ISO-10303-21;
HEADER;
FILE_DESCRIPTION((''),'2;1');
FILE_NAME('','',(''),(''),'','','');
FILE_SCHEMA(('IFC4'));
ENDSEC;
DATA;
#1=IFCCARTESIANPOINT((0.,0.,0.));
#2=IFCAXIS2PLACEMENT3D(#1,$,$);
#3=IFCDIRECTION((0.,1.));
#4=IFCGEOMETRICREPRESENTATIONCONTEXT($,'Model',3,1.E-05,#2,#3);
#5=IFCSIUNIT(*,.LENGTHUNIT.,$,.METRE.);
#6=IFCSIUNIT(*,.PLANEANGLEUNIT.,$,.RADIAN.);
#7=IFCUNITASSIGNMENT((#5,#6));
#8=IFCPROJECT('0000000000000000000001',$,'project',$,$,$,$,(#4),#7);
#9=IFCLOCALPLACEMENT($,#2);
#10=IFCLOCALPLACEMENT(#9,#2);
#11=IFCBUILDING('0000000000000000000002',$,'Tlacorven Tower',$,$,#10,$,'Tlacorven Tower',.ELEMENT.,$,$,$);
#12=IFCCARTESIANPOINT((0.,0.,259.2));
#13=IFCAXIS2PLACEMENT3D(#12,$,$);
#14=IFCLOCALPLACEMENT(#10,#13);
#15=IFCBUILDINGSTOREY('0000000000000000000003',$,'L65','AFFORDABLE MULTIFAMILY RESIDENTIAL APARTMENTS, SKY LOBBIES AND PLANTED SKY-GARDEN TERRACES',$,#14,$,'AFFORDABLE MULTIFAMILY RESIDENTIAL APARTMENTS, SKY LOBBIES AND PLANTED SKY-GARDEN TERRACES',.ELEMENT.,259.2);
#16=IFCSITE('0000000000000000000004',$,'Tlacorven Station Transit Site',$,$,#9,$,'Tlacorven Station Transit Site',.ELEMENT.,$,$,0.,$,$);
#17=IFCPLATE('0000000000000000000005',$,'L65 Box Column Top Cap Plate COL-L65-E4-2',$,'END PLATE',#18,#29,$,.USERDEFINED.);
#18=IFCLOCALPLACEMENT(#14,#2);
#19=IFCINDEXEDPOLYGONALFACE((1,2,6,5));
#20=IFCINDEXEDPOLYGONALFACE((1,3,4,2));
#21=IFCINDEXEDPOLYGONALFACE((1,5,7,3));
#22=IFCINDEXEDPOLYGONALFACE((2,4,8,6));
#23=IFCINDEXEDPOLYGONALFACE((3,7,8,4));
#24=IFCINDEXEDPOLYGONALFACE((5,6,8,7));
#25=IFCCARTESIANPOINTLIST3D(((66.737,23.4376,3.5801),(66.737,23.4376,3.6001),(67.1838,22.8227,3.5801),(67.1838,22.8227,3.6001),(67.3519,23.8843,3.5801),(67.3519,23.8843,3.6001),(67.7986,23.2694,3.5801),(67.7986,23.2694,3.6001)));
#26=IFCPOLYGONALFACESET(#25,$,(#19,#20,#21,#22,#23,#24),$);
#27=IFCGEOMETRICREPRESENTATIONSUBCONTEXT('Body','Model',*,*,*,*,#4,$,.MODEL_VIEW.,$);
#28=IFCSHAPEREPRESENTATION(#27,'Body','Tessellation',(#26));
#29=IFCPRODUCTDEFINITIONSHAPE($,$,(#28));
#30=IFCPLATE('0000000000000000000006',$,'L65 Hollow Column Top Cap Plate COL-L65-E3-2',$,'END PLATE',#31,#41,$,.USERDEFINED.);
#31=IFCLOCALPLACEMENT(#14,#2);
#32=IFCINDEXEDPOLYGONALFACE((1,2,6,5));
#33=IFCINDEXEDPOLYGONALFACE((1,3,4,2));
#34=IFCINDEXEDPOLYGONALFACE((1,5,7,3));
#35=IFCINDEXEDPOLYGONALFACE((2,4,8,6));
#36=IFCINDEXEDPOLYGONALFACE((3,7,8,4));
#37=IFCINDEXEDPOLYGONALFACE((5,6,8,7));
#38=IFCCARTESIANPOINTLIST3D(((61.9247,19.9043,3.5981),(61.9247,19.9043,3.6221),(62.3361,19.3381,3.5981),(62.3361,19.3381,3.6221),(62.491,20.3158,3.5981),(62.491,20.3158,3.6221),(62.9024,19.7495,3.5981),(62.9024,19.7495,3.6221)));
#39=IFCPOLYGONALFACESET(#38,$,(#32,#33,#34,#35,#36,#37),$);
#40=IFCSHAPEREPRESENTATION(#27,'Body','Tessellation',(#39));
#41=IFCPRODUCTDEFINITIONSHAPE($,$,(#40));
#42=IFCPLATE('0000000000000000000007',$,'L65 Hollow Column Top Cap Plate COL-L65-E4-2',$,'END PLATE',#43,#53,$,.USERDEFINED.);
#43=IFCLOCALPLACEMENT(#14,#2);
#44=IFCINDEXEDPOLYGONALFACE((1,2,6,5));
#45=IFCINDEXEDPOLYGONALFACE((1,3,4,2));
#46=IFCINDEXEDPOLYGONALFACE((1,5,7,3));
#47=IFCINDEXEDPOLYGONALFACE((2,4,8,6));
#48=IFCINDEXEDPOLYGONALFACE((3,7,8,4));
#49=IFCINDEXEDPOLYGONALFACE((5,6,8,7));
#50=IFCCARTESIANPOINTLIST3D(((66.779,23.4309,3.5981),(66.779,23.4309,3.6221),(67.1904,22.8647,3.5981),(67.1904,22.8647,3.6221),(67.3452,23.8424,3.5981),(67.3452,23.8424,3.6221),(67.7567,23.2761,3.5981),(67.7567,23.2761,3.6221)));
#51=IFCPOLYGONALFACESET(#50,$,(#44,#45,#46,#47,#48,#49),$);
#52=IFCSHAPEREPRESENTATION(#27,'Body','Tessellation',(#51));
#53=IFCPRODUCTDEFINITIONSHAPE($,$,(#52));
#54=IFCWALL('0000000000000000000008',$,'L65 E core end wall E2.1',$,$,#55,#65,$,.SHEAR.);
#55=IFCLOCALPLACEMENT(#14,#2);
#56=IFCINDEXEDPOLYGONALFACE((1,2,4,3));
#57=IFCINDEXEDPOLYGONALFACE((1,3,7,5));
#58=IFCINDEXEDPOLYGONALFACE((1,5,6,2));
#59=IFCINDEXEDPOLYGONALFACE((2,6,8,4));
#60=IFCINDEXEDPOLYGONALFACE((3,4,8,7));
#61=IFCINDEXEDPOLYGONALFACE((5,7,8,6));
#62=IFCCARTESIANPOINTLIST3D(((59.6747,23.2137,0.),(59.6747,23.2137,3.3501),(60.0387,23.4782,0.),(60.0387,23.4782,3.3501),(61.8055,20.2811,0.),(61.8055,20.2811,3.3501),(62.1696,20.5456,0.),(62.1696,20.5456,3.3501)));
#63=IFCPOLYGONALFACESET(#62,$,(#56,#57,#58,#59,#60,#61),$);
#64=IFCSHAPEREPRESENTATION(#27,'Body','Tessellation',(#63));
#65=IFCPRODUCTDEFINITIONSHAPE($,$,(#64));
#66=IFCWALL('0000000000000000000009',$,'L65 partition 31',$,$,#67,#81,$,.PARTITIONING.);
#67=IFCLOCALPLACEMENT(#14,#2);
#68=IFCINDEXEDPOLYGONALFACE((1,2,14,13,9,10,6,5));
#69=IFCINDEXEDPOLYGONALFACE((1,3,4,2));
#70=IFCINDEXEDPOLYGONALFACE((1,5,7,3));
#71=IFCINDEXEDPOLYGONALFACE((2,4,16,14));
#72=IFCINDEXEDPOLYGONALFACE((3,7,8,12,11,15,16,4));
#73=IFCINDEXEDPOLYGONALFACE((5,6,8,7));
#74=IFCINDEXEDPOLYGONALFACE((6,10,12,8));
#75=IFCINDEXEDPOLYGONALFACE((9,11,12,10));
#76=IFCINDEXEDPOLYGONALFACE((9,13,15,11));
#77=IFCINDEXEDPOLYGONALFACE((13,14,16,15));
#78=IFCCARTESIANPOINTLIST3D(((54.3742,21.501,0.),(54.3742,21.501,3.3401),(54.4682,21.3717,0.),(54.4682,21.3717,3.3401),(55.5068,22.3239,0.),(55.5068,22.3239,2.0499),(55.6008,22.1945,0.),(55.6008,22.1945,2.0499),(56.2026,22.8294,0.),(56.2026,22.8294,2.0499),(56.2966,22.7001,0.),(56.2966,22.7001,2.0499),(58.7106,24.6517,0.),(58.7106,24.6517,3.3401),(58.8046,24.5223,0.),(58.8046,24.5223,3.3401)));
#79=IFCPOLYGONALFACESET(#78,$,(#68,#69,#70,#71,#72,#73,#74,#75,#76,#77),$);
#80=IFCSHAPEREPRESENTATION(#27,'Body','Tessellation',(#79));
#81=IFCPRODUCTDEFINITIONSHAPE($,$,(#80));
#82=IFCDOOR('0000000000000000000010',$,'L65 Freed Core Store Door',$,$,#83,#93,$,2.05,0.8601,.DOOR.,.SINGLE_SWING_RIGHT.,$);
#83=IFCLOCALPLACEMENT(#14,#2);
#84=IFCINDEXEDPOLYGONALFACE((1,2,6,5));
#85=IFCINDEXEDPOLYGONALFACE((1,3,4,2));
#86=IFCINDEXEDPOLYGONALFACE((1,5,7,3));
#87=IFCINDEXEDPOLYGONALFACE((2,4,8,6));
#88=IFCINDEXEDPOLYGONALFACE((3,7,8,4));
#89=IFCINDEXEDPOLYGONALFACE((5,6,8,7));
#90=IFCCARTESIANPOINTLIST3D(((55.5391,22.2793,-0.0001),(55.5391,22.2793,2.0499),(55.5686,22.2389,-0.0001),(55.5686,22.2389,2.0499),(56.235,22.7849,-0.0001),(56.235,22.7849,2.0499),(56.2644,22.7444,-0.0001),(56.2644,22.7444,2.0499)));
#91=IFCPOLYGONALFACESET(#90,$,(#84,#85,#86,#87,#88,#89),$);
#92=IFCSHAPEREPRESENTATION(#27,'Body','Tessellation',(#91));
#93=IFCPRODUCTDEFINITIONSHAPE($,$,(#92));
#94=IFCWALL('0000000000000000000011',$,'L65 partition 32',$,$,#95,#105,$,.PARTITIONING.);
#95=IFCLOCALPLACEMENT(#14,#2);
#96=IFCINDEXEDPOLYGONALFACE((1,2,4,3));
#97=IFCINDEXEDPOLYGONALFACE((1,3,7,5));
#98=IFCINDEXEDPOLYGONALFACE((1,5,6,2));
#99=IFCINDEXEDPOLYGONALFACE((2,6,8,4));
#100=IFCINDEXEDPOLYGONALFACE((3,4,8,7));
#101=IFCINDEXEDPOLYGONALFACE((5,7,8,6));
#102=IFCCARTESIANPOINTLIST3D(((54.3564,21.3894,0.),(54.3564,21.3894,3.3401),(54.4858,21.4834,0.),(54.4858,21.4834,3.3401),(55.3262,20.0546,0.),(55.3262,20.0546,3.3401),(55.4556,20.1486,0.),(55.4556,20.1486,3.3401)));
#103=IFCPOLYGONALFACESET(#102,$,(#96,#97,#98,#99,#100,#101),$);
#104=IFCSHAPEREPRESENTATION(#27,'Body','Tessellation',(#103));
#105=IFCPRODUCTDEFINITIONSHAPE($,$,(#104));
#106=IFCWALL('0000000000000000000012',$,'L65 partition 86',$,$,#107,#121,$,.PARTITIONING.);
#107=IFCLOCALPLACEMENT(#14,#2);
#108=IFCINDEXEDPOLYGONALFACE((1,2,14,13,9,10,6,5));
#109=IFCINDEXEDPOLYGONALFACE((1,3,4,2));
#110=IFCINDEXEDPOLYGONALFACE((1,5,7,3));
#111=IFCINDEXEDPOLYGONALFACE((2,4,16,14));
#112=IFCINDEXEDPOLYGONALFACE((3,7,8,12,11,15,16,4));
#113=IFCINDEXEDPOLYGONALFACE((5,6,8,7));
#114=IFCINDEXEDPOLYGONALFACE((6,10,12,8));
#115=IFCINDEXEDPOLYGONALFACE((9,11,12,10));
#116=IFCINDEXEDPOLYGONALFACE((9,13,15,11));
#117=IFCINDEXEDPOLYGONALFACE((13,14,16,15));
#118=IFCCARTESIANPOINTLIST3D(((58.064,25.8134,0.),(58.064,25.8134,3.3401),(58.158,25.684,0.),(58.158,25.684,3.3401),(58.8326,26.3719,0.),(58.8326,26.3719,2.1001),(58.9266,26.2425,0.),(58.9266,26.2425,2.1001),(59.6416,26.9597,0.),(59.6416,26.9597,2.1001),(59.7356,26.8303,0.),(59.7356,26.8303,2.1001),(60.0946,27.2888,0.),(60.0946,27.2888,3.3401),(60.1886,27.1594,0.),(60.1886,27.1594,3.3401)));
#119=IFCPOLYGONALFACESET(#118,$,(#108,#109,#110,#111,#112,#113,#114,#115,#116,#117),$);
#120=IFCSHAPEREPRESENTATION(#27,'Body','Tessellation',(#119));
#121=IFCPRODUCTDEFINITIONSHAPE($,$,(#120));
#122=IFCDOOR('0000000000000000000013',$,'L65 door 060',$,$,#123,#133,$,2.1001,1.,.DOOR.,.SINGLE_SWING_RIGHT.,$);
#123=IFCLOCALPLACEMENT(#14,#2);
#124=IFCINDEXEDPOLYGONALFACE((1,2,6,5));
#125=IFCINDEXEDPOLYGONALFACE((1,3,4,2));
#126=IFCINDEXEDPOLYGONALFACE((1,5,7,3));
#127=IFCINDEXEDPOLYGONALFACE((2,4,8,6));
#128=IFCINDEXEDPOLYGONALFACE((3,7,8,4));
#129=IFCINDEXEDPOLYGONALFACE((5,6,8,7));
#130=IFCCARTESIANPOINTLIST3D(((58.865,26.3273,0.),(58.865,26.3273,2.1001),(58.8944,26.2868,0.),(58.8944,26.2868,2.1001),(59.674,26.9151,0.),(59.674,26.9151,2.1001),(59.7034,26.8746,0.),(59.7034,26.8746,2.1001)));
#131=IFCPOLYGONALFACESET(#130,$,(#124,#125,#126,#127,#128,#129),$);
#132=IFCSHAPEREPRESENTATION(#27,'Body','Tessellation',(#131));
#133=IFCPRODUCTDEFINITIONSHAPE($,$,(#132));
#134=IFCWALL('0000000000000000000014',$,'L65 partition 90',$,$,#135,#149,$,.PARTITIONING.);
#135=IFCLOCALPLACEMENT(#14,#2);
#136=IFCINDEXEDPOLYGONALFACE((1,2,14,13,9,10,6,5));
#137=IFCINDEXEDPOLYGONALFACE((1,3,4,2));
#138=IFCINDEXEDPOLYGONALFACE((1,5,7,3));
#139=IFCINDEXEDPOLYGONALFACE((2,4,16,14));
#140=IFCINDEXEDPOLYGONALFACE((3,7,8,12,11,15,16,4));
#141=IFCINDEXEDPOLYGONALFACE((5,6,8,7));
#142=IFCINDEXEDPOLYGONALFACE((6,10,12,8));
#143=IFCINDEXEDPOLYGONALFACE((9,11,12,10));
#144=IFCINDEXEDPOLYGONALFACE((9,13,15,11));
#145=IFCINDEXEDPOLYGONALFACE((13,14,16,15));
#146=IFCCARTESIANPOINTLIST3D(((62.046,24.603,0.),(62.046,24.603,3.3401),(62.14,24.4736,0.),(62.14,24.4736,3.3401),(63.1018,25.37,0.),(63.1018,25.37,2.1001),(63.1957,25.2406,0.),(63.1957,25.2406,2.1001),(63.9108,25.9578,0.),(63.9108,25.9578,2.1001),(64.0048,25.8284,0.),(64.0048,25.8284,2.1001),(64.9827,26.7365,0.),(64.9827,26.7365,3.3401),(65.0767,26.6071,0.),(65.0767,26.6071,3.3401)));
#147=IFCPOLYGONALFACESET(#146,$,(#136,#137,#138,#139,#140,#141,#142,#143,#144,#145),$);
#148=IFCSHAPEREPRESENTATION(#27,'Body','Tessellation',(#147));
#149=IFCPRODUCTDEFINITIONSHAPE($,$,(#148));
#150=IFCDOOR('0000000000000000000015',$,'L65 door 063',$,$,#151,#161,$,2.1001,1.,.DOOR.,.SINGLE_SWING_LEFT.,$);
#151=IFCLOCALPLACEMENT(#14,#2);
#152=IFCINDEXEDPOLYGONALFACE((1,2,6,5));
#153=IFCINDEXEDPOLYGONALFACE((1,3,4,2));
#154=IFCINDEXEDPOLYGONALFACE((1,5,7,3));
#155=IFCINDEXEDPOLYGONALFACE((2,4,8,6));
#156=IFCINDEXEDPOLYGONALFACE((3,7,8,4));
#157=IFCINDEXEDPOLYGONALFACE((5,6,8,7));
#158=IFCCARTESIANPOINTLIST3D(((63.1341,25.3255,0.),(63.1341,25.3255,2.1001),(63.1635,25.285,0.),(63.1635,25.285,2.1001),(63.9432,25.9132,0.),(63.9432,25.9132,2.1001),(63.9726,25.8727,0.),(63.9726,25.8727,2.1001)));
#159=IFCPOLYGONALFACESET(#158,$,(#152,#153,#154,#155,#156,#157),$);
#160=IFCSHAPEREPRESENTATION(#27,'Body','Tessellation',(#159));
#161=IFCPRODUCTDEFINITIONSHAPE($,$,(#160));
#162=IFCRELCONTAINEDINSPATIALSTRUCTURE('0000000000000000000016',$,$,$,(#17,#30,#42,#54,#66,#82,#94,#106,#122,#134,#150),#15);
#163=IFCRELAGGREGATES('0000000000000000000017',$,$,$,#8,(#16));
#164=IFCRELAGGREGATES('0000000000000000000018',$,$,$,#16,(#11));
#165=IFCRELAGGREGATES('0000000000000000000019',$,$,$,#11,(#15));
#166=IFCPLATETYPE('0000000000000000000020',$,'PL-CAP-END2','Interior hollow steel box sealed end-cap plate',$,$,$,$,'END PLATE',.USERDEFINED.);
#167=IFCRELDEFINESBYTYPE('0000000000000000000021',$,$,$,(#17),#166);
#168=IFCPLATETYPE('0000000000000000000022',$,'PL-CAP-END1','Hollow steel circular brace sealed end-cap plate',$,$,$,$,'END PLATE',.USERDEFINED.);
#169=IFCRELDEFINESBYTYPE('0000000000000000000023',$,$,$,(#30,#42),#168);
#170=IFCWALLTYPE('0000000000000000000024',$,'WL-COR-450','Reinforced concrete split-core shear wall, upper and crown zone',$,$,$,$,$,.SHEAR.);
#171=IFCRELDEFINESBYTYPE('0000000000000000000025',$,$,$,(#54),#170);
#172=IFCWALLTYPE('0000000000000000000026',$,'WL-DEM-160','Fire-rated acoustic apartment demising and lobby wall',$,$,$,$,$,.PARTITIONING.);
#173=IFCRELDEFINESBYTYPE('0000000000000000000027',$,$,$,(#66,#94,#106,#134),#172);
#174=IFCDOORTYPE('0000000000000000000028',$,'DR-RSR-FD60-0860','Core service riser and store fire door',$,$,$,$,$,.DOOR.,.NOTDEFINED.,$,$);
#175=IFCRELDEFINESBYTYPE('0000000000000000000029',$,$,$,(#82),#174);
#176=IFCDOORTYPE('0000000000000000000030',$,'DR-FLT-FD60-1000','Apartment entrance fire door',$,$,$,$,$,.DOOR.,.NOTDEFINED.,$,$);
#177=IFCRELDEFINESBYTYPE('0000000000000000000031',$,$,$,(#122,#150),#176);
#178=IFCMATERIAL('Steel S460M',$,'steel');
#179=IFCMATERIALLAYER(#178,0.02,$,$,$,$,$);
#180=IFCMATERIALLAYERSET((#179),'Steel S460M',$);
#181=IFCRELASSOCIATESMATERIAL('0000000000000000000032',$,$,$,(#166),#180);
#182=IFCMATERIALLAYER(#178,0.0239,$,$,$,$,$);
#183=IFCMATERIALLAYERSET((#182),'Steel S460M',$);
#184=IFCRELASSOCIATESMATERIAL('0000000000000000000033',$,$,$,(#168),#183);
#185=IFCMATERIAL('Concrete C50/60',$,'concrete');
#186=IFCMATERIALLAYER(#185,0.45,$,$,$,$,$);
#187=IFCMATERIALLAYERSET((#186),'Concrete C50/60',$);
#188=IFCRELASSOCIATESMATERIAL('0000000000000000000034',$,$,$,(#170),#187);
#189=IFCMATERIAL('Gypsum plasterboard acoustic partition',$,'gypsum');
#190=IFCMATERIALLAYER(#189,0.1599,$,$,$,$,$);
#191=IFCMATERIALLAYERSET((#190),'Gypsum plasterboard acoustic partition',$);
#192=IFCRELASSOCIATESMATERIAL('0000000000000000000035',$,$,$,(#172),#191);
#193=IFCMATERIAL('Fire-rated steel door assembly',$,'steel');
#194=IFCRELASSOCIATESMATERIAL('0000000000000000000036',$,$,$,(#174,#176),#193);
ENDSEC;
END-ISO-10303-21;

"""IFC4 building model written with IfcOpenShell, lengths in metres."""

from ifc_helpers import new_model, si_unit, direction, frame, frame_2d, origin, origin_2d, place, context, subcontext, project, spatial, rectangle, extrude, source, transform, mapped, material, layer, layer_set, type_object, element, fill, save


model = new_model("IFC4")

# Units and contexts
model_context = context("Model", 3, precision=1e-05, world=origin(), true_north=direction((0.0, 1.0)))
body_context = subcontext(model_context, "Body", "Model", "MODEL_VIEW")
ifc_project = project(units=[si_unit("LENGTHUNIT", "METRE"), si_unit("PLANEANGLEUNIT", "RADIAN")], contexts=[model_context])

# Site, building, storey
site_placement = place(None, origin())
site = spatial("IfcSite", under=ifc_project, at=site_placement, Name="Tlacorven Station Transit Site", LongName="Tlacorven Station Transit Site", CompositionType="ELEMENT", RefElevation=0.0)
building_placement = place(site_placement, origin())
building = spatial("IfcBuilding", under=site, at=building_placement, Name="Tlacorven Tower", LongName="Tlacorven Tower", CompositionType="ELEMENT")
storey_placement = place(building_placement, frame((0.0, 0.0, 259.2)))
storey = spatial("IfcBuildingStorey", under=building, at=storey_placement, Name="L65", Description="AFFORDABLE MULTIFAMILY RESIDENTIAL APARTMENTS, SKY LOBBIES AND PLANTED SKY-GARDEN TERRACES", LongName="AFFORDABLE MULTIFAMILY RESIDENTIAL APARTMENTS, SKY LOBBIES AND PLANTED SKY-GARDEN TERRACES", CompositionType="ELEMENT", Elevation=259.2)

# Shared definitions
ifc_material_1 = material(Name="Steel S460M", Category="steel")

# Plates
ifc_layer_1 = layer(ifc_material_1, 0.02)
ifc_layer_set_1 = layer_set([ifc_layer_1], Name="Steel S460M")
plate_type_1 = type_object("IfcPlateType", Name="PL-CAP-END2", Description="Interior hollow steel box sealed end-cap plate", ElementType="END PLATE", PredefinedType="USERDEFINED", material=ifc_layer_set_1)
shared_shape_1 = source(origin(), body_context, "Body", "SweptSolid", [
    extrude(rectangle(XDim=0.76, YDim=0.76, at=origin_2d()), origin(), (0.0, 0.0, 1.0), 0.02),
])
for number, where, z_axis, x_axis, name in (
    (1, (67.2678, 23.3535, 3.5801), (0.0, 0.0, 1.0), (0.809017, 0.587785, 0.0), "L65 Box Column Top Cap Plate COL-L65-E4-2"),
):
    element("IfcPlate", number, at=place(storey_placement, frame(where, z_axis=z_axis, x_axis=x_axis)), inside=storey, type_object=plate_type_1, Name=name, ObjectType="END PLATE", PredefinedType="USERDEFINED", context=body_context, shape_type="MappedRepresentation", body=[
        mapped(shared_shape_1, transform((0.0, 0.0, 0.0), scale=1.0)),
    ])
ifc_layer_2 = layer(ifc_material_1, 0.0239)
ifc_layer_set_2 = layer_set([ifc_layer_2], Name="Steel S460M")
plate_type_2 = type_object("IfcPlateType", Name="PL-CAP-END1", Description="Hollow steel circular brace sealed end-cap plate", ElementType="END PLATE", PredefinedType="USERDEFINED", material=ifc_layer_set_2)
shared_shape_2 = source(origin(), body_context, "Body", "SweptSolid", [
    extrude(rectangle(XDim=0.7, YDim=0.7, at=origin_2d()), origin(), (0.0, 0.0, 1.0), 0.0239),
])
for number, where, z_axis, x_axis, name in (
    (2, (62.4136, 19.8269, 3.5981), (0.0, 0.0, 1.0), (0.809017, 0.587785, 0.0), "L65 Hollow Column Top Cap Plate COL-L65-E3-2"),
    (3, (67.2678, 23.3535, 3.5981), (0.0, 0.0, 1.0), (0.809017, 0.587785, 0.0), "L65 Hollow Column Top Cap Plate COL-L65-E4-2"),
):
    element("IfcPlate", number, at=place(storey_placement, frame(where, z_axis=z_axis, x_axis=x_axis)), inside=storey, type_object=plate_type_2, Name=name, ObjectType="END PLATE", PredefinedType="USERDEFINED", context=body_context, shape_type="MappedRepresentation", body=[
        mapped(shared_shape_2, transform((0.0, 0.0, 0.0), scale=1.0)),
    ])

# Wall
ifc_material_2 = material(Name="Concrete C50/60", Category="concrete")
ifc_layer_3 = layer(ifc_material_2, 0.45)
ifc_layer_set_3 = layer_set([ifc_layer_3], Name="Concrete C50/60")
wall_type_1 = type_object("IfcWallType", Name="WL-COR-450", Description="Reinforced concrete split-core shear wall, upper and crown zone", PredefinedType="SHEAR", material=ifc_layer_set_3)
wall_1_placement = place(storey_placement, frame((61.9875, 20.4133, 0.0), z_axis=(0.0, 0.0, 1.0), x_axis=(-0.587819, 0.808992, 0.0)))
element("IfcWall", 4, at=wall_1_placement, inside=storey, type_object=wall_type_1, Name="L65 E core end wall E2.1", PredefinedType="SHEAR", context=body_context, shape_type="SweptSolid", body=[
    extrude(rectangle(XDim=3.625, YDim=0.45, at=frame_2d((1.8125, 0.0))), origin(), (0.0, 0.0, 1.0), 3.3501),
])

# Wall, opening, door
ifc_material_3 = material(Name="Gypsum plasterboard acoustic partition", Category="gypsum")
ifc_layer_4 = layer(ifc_material_3, 0.1599)
ifc_layer_set_4 = layer_set([ifc_layer_4], Name="Gypsum plasterboard acoustic partition")
wall_type_2 = type_object("IfcWallType", Name="WL-DEM-160", Description="Fire-rated acoustic apartment demising and lobby wall", PredefinedType="PARTITIONING", material=ifc_layer_set_4)
wall_2_placement = place(storey_placement, frame((54.4211, 21.4363, 0.0), z_axis=(0.0, 0.0, 1.0), x_axis=(0.809014, 0.58779, 0.0)))
wall_2 = element("IfcWall", 5, at=wall_2_placement, inside=storey, type_object=wall_type_2, Name="L65 partition 31", PredefinedType="PARTITIONING", context=body_context, shape_type="SweptSolid", body=[
    extrude(rectangle(XDim=5.3601, YDim=0.1599, at=frame_2d((2.6802, 0.0))), origin(), (0.0, 0.0, 1.0), 3.3401),
])
opening_1_placement = place(wall_2_placement, frame((1.3999, 0.0, 0.0)))
opening_1 = element("IfcOpeningElement", 6, at=opening_1_placement, cuts=wall_2, PredefinedType="OPENING", context=body_context, shape_type="SweptSolid", body=[
    extrude(rectangle(XDim=0.8601, YDim=2.05, at=frame_2d((0.4302, 1.0249))), frame((0.0, 0.0898, 0.0), z_axis=(0.0, -1.0, 0.0), x_axis=(1.0, 0.0, 0.0)), (0.0, 0.0, 1.0), 0.1799),
])
ifc_material_4 = material(Name="Fire-rated steel door assembly", Category="steel")
door_type_1 = type_object("IfcDoorType", Name="DR-RSR-FD60-0860", Description="Core service riser and store fire door", OperationType="NOTDEFINED", PredefinedType="DOOR", material=ifc_material_4)
shared_shape_3 = source(origin(), body_context, "Body", "SweptSolid", [
    extrude(rectangle(XDim=0.8601, YDim=2.05, at=frame_2d((0.4302, 1.0249))), frame((0.0, 0.0249, 0.0), z_axis=(0.0, -1.0, 0.0), x_axis=(1.0, 0.0, 0.0)), (0.0, 0.0, 1.0), 0.05),
])
door_1_placement = place(opening_1_placement, origin())
door_1 = element("IfcDoor", 7, at=door_1_placement, inside=storey, type_object=door_type_1, Name="L65 Freed Core Store Door", OperationType="SINGLE_SWING_RIGHT", OverallHeight=2.05, OverallWidth=0.8601, PredefinedType="DOOR", context=body_context, shape_type="MappedRepresentation", body=[
    mapped(shared_shape_3, transform((0.0, 0.0, 0.0), scale=1.0)),
])
fill(opening_1, door_1)

# Wall
wall_3_placement = place(storey_placement, frame((55.3909, 20.1016, 0.0), z_axis=(0.0, 0.0, 1.0), x_axis=(-0.587784, 0.809018, 0.0)))
element("IfcWall", 8, at=wall_3_placement, inside=storey, type_object=wall_type_2, Name="L65 partition 32", PredefinedType="PARTITIONING", context=body_context, shape_type="SweptSolid", body=[
    extrude(rectangle(XDim=1.6499, YDim=0.1599, at=frame_2d((0.825, 0.0))), origin(), (0.0, 0.0, 1.0), 3.3401),
])

# Walls, openings, doors
wall_4_placement = place(storey_placement, frame((58.1111, 25.7488, 0.0), z_axis=(0.0, 0.0, 1.0), x_axis=(0.809001, 0.587807, 0.0)))
wall_4 = element("IfcWall", 9, at=wall_4_placement, inside=storey, type_object=wall_type_2, Name="L65 partition 86", PredefinedType="PARTITIONING", context=body_context, shape_type="SweptSolid", body=[
    extrude(rectangle(XDim=2.51, YDim=0.1599, at=frame_2d((1.2549, 0.0))), origin(), (0.0, 0.0, 1.0), 3.3401),
])
opening_2_placement = place(wall_4_placement, frame((0.95, 0.0, 0.0)))
opening_2 = element("IfcOpeningElement", 10, at=opening_2_placement, cuts=wall_4, PredefinedType="OPENING", context=body_context, shape_type="SweptSolid", body=[
    extrude(rectangle(XDim=1.0, YDim=2.1001, at=frame_2d((0.5, 1.05))), frame((0.0, 0.0898, 0.0), z_axis=(0.0, -1.0, 0.0), x_axis=(1.0, 0.0, 0.0)), (0.0, 0.0, 1.0), 0.1799),
])
door_type_2 = type_object("IfcDoorType", Name="DR-FLT-FD60-1000", Description="Apartment entrance fire door", OperationType="NOTDEFINED", PredefinedType="DOOR", material=ifc_material_4)
shared_shape_4 = source(origin(), body_context, "Body", "SweptSolid", [
    extrude(rectangle(XDim=1.0, YDim=2.1001, at=frame_2d((0.5, 1.05))), frame((0.0, 0.0249, 0.0), z_axis=(0.0, -1.0, 0.0), x_axis=(1.0, 0.0, 0.0)), (0.0, 0.0, 1.0), 0.05),
])
door_2_placement = place(opening_2_placement, origin())
door_2 = element("IfcDoor", 11, at=door_2_placement, inside=storey, type_object=door_type_2, Name="L65 door 060", OperationType="SINGLE_SWING_RIGHT", OverallHeight=2.1001, OverallWidth=1.0, PredefinedType="DOOR", context=body_context, shape_type="MappedRepresentation", body=[
    mapped(shared_shape_4, transform((0.0, 0.0, 0.0), scale=1.0)),
])
fill(opening_2, door_2)
wall_5_placement = place(storey_placement, frame((62.093, 24.5383, 0.0), z_axis=(0.0, 0.0, 1.0), x_axis=(0.809036, 0.58776, 0.0)))
wall_5 = element("IfcWall", 12, at=wall_5_placement, inside=storey, type_object=wall_type_2, Name="L65 partition 90", PredefinedType="PARTITIONING", context=body_context, shape_type="SweptSolid", body=[
    extrude(rectangle(XDim=3.6299, YDim=0.1599, at=frame_2d((1.8149, 0.0))), origin(), (0.0, 0.0, 1.0), 3.3401),
])
opening_3_placement = place(wall_5_placement, frame((1.3049, 0.0, 0.0)))
opening_3 = element("IfcOpeningElement", 13, at=opening_3_placement, cuts=wall_5, PredefinedType="OPENING", context=body_context, shape_type="SweptSolid", body=[
    extrude(rectangle(XDim=1.0, YDim=2.1001, at=frame_2d((0.5, 1.05))), frame((0.0, 0.0898, 0.0), z_axis=(0.0, -1.0, 0.0), x_axis=(1.0, 0.0, 0.0)), (0.0, 0.0, 1.0), 0.1799),
])
door_3_placement = place(opening_3_placement, origin())
door_3 = element("IfcDoor", 14, at=door_3_placement, inside=storey, type_object=door_type_2, Name="L65 door 063", OperationType="SINGLE_SWING_LEFT", OverallHeight=2.1001, OverallWidth=1.0, PredefinedType="DOOR", context=body_context, shape_type="MappedRepresentation", body=[
    mapped(shared_shape_4, transform((0.0, 0.0, 0.0), scale=1.0)),
])
fill(opening_3, door_3)

save(model, "model.ifc")
